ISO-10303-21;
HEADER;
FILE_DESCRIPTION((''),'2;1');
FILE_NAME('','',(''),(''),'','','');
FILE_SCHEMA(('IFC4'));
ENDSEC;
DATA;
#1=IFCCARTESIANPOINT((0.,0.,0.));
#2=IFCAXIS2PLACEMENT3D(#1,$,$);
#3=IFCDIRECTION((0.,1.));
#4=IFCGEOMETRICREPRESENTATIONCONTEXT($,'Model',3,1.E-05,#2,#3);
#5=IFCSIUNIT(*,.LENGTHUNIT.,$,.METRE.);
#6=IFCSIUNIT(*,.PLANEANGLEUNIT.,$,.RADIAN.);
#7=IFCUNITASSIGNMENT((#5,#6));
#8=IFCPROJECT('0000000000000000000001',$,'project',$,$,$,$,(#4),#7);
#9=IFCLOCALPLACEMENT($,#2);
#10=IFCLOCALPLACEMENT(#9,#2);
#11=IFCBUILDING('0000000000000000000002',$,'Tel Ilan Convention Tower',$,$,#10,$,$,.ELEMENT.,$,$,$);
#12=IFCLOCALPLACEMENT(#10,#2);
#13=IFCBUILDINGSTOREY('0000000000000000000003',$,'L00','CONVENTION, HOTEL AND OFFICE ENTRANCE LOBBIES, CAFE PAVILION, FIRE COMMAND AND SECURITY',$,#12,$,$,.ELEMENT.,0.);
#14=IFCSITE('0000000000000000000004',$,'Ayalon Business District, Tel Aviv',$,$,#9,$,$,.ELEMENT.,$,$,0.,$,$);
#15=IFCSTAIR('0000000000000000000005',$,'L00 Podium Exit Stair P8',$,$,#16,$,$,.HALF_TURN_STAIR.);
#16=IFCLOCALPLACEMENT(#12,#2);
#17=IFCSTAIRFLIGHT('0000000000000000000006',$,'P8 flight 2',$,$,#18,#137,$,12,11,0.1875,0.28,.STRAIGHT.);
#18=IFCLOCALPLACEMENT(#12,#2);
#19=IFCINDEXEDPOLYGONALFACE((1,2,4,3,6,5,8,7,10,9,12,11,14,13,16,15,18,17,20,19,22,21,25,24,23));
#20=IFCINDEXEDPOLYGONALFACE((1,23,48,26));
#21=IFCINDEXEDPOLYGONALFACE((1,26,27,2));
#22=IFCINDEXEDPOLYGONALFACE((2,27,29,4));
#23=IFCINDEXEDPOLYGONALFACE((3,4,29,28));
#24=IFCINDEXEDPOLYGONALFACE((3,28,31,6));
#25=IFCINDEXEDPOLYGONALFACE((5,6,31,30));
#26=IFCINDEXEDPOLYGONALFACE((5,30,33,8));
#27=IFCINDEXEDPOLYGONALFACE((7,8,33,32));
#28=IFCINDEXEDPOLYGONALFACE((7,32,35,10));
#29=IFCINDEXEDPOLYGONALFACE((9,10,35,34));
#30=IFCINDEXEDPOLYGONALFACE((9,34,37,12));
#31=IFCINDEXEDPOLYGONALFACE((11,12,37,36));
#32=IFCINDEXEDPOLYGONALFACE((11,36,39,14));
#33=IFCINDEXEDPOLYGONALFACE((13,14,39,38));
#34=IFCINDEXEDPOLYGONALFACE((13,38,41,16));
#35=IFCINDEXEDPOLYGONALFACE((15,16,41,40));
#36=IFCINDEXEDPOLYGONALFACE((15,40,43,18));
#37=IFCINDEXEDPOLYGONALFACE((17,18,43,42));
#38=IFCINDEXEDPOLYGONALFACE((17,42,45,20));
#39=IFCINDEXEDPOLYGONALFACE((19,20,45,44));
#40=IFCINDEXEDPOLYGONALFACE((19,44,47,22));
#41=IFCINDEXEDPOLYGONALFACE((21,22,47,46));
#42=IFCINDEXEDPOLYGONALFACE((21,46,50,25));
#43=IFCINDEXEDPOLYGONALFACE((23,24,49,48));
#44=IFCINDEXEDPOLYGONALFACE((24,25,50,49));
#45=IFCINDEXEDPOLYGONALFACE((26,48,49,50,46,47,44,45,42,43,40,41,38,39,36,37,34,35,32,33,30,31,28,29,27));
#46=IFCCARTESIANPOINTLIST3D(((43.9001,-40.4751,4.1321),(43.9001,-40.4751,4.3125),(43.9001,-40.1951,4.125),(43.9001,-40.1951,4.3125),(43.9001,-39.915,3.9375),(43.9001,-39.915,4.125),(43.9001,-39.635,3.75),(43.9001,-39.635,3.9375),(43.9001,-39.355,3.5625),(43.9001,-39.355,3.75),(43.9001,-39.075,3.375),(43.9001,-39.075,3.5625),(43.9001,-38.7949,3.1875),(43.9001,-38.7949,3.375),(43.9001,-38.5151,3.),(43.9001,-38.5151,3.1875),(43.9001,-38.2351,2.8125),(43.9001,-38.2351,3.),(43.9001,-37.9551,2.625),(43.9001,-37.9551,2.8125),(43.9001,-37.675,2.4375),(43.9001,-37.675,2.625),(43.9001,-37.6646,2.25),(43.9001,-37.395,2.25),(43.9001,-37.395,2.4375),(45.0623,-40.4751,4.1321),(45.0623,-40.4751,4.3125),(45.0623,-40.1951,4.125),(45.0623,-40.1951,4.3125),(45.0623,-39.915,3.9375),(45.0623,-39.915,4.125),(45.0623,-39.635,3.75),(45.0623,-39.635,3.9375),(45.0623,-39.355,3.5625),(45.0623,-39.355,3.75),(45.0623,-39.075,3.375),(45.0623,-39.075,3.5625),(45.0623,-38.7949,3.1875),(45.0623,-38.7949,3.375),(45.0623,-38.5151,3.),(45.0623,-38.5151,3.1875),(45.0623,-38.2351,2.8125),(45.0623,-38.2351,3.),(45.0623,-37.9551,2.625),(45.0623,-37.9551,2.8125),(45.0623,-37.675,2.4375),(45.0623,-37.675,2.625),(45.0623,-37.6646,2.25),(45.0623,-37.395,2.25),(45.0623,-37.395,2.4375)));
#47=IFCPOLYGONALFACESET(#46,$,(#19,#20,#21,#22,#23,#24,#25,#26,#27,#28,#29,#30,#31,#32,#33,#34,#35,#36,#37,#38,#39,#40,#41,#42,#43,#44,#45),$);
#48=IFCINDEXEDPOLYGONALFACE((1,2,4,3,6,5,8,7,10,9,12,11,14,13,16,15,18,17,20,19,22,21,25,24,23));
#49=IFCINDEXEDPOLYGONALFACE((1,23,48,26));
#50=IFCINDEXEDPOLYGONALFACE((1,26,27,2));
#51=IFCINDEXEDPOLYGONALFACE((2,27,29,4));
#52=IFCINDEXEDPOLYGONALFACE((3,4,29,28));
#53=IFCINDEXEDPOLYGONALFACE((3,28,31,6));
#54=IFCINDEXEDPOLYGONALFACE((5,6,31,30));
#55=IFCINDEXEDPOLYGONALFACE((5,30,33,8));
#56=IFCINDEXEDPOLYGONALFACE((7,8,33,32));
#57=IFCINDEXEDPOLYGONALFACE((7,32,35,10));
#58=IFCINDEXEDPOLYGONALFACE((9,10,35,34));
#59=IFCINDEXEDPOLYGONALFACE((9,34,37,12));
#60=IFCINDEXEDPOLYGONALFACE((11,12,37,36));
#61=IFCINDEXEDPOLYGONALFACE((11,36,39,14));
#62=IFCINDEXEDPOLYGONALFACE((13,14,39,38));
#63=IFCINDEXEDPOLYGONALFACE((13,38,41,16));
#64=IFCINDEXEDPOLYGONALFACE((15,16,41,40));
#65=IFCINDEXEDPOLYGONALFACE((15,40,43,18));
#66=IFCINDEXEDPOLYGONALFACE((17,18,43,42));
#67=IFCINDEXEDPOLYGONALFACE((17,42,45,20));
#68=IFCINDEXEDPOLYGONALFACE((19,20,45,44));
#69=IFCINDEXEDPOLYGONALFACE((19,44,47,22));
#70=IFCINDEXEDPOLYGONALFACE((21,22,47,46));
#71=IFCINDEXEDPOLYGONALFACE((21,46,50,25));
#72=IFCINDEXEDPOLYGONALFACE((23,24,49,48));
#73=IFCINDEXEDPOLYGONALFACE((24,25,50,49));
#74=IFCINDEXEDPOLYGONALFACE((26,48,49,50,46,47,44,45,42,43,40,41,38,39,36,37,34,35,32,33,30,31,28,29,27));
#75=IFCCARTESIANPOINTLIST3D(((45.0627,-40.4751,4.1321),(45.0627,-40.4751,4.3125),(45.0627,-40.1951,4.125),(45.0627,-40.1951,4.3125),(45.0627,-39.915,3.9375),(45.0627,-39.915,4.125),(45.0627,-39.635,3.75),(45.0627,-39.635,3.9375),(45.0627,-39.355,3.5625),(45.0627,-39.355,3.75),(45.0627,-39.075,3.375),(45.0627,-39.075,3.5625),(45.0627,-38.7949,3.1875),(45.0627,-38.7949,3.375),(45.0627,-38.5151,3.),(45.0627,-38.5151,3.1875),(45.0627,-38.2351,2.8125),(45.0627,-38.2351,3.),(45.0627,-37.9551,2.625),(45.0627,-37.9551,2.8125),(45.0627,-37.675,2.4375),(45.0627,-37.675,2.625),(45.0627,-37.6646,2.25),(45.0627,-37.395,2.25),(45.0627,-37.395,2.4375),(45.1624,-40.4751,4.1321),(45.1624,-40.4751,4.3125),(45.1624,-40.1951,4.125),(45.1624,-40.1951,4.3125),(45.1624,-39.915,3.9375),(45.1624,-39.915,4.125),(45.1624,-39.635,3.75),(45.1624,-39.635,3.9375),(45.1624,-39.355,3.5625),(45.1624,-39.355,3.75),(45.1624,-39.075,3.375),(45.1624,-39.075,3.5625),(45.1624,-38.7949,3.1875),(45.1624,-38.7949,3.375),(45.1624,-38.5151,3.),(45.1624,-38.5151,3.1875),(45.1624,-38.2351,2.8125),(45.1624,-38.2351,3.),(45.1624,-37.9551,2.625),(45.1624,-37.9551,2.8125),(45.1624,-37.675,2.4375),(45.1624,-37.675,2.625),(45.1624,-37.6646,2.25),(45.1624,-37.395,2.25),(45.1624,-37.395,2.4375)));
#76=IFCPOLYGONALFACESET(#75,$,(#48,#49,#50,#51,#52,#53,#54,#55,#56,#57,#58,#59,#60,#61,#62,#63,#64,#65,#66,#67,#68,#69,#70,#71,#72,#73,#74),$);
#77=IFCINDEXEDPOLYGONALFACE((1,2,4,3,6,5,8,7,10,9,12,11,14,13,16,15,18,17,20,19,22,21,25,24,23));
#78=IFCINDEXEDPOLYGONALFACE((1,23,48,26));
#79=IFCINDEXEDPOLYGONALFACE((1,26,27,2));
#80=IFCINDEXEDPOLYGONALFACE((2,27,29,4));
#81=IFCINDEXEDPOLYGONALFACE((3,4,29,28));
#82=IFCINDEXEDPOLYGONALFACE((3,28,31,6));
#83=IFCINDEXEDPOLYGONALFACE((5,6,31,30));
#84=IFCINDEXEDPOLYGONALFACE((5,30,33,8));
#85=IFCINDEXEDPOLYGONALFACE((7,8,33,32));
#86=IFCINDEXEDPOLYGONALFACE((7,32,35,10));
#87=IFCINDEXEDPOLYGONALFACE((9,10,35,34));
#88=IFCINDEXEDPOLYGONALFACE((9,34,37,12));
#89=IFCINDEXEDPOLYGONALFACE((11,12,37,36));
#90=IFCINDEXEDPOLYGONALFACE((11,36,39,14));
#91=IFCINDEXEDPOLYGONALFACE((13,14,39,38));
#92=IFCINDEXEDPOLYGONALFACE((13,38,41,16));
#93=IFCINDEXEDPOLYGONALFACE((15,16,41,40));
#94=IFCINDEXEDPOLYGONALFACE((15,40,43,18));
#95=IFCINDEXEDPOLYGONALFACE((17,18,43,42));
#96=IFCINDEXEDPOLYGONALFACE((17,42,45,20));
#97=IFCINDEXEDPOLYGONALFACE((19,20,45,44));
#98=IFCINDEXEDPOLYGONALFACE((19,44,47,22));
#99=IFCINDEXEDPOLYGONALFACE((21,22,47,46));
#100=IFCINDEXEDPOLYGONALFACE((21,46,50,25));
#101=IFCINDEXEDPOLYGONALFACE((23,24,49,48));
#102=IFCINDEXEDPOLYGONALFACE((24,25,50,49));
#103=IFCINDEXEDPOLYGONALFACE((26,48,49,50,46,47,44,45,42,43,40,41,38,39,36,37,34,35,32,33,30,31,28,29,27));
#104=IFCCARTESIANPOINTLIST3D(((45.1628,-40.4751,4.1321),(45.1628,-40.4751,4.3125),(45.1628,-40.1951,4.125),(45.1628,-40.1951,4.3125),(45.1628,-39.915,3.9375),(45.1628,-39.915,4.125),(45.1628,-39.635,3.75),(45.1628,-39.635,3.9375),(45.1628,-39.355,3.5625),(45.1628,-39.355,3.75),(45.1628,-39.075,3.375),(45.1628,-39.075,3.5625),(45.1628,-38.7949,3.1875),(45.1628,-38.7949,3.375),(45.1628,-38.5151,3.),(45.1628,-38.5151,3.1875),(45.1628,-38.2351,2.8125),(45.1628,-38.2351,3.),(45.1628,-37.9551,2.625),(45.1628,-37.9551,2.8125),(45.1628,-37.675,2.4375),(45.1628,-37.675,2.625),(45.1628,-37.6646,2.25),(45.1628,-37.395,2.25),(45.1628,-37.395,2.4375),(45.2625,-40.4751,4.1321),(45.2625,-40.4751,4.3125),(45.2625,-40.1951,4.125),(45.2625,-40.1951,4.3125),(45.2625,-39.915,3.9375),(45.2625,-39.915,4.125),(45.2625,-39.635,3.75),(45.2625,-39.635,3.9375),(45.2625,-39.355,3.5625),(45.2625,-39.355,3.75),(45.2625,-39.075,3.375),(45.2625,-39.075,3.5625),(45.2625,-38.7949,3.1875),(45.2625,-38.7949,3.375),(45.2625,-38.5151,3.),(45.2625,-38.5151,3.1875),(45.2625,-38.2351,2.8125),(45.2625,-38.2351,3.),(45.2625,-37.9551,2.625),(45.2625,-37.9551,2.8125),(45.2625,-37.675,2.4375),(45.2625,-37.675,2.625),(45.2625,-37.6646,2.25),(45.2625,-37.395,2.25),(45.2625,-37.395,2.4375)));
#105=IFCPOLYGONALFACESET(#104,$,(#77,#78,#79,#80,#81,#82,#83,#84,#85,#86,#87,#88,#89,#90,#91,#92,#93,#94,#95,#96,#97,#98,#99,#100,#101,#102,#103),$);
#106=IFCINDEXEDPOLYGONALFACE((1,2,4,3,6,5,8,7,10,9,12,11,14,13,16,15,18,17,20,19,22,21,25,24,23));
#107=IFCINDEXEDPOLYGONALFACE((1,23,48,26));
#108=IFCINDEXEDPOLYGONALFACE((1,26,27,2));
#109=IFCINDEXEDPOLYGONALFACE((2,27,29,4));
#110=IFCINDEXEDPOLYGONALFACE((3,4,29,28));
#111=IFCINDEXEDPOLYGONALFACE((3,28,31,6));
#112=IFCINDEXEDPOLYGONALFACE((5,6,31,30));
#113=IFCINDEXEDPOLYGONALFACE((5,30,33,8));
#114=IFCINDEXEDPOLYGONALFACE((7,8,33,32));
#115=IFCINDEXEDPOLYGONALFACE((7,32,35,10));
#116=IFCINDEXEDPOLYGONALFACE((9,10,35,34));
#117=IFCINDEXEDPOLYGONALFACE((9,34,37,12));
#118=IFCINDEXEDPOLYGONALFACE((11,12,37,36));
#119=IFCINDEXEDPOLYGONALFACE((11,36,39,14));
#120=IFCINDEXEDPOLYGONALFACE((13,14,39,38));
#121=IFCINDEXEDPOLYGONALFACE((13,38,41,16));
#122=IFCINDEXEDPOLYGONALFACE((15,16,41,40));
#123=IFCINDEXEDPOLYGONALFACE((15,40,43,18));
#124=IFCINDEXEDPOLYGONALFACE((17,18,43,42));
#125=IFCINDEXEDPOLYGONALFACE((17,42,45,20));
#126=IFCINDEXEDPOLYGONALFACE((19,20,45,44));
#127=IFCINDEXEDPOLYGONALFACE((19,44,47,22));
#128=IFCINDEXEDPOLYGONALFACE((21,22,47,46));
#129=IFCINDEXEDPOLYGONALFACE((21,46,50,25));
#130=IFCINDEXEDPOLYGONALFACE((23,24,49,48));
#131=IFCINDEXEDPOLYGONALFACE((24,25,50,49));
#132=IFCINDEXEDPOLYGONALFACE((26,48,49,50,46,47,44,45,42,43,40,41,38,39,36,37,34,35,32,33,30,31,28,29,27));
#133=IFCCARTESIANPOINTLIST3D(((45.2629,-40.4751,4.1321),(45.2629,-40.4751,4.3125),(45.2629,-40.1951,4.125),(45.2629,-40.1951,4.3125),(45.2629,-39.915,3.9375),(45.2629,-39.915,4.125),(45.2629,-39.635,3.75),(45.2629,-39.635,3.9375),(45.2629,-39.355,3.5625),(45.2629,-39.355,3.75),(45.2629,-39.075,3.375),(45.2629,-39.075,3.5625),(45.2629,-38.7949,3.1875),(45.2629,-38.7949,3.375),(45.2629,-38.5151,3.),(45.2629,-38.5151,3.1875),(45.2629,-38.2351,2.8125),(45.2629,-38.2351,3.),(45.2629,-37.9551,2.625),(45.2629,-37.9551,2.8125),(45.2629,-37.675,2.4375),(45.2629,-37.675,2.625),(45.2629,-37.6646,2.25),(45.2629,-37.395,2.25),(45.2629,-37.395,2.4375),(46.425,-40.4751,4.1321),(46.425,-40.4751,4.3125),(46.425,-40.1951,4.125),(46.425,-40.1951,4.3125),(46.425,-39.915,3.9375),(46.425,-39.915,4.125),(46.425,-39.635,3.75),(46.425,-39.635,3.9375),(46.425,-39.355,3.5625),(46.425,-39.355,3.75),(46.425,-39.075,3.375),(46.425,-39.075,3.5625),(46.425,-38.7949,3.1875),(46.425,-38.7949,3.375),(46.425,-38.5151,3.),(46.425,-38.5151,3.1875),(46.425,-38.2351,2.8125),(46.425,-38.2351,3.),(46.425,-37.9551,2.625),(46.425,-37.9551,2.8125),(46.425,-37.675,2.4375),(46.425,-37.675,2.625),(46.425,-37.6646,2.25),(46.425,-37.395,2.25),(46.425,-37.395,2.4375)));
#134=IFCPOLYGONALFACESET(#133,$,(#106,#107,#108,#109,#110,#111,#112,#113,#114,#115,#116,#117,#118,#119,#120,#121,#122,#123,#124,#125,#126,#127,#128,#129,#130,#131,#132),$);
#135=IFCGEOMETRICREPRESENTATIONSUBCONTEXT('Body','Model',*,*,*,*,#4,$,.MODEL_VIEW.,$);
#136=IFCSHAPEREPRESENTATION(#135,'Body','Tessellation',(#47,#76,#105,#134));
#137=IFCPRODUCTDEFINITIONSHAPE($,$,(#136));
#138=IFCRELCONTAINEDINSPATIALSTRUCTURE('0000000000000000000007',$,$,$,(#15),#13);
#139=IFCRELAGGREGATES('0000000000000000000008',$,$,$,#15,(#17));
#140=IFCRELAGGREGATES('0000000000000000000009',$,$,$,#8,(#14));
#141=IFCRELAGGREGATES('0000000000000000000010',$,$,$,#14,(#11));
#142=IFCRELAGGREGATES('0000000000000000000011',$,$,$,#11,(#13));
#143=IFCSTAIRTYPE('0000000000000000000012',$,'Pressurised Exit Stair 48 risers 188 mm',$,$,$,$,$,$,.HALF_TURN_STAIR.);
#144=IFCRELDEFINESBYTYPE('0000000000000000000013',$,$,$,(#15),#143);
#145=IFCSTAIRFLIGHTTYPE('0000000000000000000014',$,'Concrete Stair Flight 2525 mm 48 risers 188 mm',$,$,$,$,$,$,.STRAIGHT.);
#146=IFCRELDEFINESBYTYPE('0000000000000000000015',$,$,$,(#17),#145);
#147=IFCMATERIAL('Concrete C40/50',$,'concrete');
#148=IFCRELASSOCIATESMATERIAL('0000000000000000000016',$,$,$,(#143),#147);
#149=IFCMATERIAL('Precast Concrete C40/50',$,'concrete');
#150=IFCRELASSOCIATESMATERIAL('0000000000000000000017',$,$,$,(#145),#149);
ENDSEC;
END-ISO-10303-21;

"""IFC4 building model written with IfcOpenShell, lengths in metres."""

from ifc_helpers import new_model, si_unit, direction, frame, origin, place, context, subcontext, project, spatial, polyline, outline, extrude, material, type_object, element, aggregate, save


model = new_model("IFC4")

# Units and contexts
model_context = context("Model", 3, precision=1e-05, world=origin(), true_north=direction((0.0, 1.0)))
body_context = subcontext(model_context, "Body", "Model", "MODEL_VIEW")
ifc_project = project(units=[si_unit("LENGTHUNIT", "METRE"), si_unit("PLANEANGLEUNIT", "RADIAN")], contexts=[model_context])

# Site, building, storey
site_placement = place(None, origin())
site = spatial("IfcSite", under=ifc_project, at=site_placement, Name="Ayalon Business District, Tel Aviv", CompositionType="ELEMENT", RefElevation=0.0)
building_placement = place(site_placement, origin())
building = spatial("IfcBuilding", under=site, at=building_placement, Name="Tel Ilan Convention Tower", CompositionType="ELEMENT")
storey_placement = place(building_placement, origin())
storey = spatial("IfcBuildingStorey", under=building, at=storey_placement, Name="L00", Description="CONVENTION, HOTEL AND OFFICE ENTRANCE LOBBIES, CAFE PAVILION, FIRE COMMAND AND SECURITY", CompositionType="ELEMENT", Elevation=0.0)

# Stair, stair flight
ifc_material_1 = material(Name="Concrete C40/50", Category="concrete")
stair_type = type_object("IfcStairType", Name="Pressurised Exit Stair 48 risers 188 mm", PredefinedType="HALF_TURN_STAIR", material=ifc_material_1)
ifc_material_2 = material(Name="Precast Concrete C40/50", Category="concrete")
stair_flight_type = type_object("IfcStairFlightType", Name="Concrete Stair Flight 2525 mm 48 risers 188 mm", PredefinedType="STRAIGHT", material=ifc_material_2)
stair_1_placement = place(storey_placement, origin())
stair_1 = element("IfcStair", 1, at=stair_1_placement, inside=storey, type_object=stair_type, Name="L00 Podium Exit Stair P8", PredefinedType="HALF_TURN_STAIR")
stair_flight_1_placement = place(storey_placement, frame((45.1626, -37.395, 2.25), z_axis=(0.0, 0.0, 1.0), x_axis=(0.0, -1.0, 0.0)))
stair_flight_1 = element("IfcStairFlight", 2, at=stair_flight_1_placement, type_object=stair_flight_type, Name="P8 flight 2", NumberOfRisers=12, NumberOfTreads=11, PredefinedType="STRAIGHT", RiserHeight=0.1875, TreadLength=0.28, context=body_context, shape_type="SweptSolid", body=[
    extrude(outline(polyline([(0.0, 0.0), (0.0, 0.1875), (0.28, 0.1875), (0.28, 0.375), (0.5601, 0.375), (0.5601, 0.5625), (0.8401, 0.5625), (0.8401, 0.75), (1.1201, 0.75), (1.1201, 0.9375), (1.3999, 0.9375), (1.3999, 1.125), (1.6799, 1.125), (1.6799, 1.3125), (1.96, 1.3125), (1.96, 1.5), (2.24, 1.5), (2.24, 1.6875), (2.52, 1.6875), (2.52, 1.875), (2.8, 1.875), (2.8, 2.0625), (3.0801, 2.0625), (3.0801, 2.25), (3.0801, 1.8821), (0.2695, 0.0), (0.0, 0.0)])), frame((0.0, -0.1003, 0.0), z_axis=(0.0, -1.0, 0.0), x_axis=(1.0, 0.0, 0.0)), (0.0, 0.0, 1.0), 1.1621),
    extrude(outline(polyline([(0.0, 0.0), (0.0, 0.1875), (0.28, 0.1875), (0.28, 0.375), (0.5601, 0.375), (0.5601, 0.5625), (0.8401, 0.5625), (0.8401, 0.75), (1.1201, 0.75), (1.1201, 0.9375), (1.3999, 0.9375), (1.3999, 1.125), (1.6799, 1.125), (1.6799, 1.3125), (1.96, 1.3125), (1.96, 1.5), (2.24, 1.5), (2.24, 1.6875), (2.52, 1.6875), (2.52, 1.875), (2.8, 1.875), (2.8, 2.0625), (3.0801, 2.0625), (3.0801, 2.25), (3.0801, 1.8821), (0.2695, 0.0), (0.0, 0.0)])), frame((0.0, -0.0002, 0.0), z_axis=(0.0, -1.0, 0.0), x_axis=(1.0, 0.0, 0.0)), (0.0, 0.0, 1.0), 0.0996),
    extrude(outline(polyline([(0.0, 0.0), (0.0, 0.1875), (0.28, 0.1875), (0.28, 0.375), (0.5601, 0.375), (0.5601, 0.5625), (0.8401, 0.5625), (0.8401, 0.75), (1.1201, 0.75), (1.1201, 0.9375), (1.3999, 0.9375), (1.3999, 1.125), (1.6799, 1.125), (1.6799, 1.3125), (1.96, 1.3125), (1.96, 1.5), (2.24, 1.5), (2.24, 1.6875), (2.52, 1.6875), (2.52, 1.875), (2.8, 1.875), (2.8, 2.0625), (3.0801, 2.0625), (3.0801, 2.25), (3.0801, 1.8821), (0.2695, 0.0), (0.0, 0.0)])), frame((0.0, 0.0999, 0.0), z_axis=(0.0, -1.0, 0.0), x_axis=(1.0, 0.0, 0.0)), (0.0, 0.0, 1.0), 0.0996),
    extrude(outline(polyline([(0.0, 0.0), (0.0, 0.1875), (0.28, 0.1875), (0.28, 0.375), (0.5601, 0.375), (0.5601, 0.5625), (0.8401, 0.5625), (0.8401, 0.75), (1.1201, 0.75), (1.1201, 0.9375), (1.3999, 0.9375), (1.3999, 1.125), (1.6799, 1.125), (1.6799, 1.3125), (1.96, 1.3125), (1.96, 1.5), (2.24, 1.5), (2.24, 1.6875), (2.52, 1.6875), (2.52, 1.875), (2.8, 1.875), (2.8, 2.0625), (3.0801, 2.0625), (3.0801, 2.25), (3.0801, 1.8821), (0.2695, 0.0), (0.0, 0.0)])), frame((0.0, 1.2625, 0.0), z_axis=(0.0, -1.0, 0.0), x_axis=(1.0, 0.0, 0.0)), (0.0, 0.0, 1.0), 1.1621),
])
aggregate(stair_1, [stair_flight_1])

save(model, "model.ifc")
